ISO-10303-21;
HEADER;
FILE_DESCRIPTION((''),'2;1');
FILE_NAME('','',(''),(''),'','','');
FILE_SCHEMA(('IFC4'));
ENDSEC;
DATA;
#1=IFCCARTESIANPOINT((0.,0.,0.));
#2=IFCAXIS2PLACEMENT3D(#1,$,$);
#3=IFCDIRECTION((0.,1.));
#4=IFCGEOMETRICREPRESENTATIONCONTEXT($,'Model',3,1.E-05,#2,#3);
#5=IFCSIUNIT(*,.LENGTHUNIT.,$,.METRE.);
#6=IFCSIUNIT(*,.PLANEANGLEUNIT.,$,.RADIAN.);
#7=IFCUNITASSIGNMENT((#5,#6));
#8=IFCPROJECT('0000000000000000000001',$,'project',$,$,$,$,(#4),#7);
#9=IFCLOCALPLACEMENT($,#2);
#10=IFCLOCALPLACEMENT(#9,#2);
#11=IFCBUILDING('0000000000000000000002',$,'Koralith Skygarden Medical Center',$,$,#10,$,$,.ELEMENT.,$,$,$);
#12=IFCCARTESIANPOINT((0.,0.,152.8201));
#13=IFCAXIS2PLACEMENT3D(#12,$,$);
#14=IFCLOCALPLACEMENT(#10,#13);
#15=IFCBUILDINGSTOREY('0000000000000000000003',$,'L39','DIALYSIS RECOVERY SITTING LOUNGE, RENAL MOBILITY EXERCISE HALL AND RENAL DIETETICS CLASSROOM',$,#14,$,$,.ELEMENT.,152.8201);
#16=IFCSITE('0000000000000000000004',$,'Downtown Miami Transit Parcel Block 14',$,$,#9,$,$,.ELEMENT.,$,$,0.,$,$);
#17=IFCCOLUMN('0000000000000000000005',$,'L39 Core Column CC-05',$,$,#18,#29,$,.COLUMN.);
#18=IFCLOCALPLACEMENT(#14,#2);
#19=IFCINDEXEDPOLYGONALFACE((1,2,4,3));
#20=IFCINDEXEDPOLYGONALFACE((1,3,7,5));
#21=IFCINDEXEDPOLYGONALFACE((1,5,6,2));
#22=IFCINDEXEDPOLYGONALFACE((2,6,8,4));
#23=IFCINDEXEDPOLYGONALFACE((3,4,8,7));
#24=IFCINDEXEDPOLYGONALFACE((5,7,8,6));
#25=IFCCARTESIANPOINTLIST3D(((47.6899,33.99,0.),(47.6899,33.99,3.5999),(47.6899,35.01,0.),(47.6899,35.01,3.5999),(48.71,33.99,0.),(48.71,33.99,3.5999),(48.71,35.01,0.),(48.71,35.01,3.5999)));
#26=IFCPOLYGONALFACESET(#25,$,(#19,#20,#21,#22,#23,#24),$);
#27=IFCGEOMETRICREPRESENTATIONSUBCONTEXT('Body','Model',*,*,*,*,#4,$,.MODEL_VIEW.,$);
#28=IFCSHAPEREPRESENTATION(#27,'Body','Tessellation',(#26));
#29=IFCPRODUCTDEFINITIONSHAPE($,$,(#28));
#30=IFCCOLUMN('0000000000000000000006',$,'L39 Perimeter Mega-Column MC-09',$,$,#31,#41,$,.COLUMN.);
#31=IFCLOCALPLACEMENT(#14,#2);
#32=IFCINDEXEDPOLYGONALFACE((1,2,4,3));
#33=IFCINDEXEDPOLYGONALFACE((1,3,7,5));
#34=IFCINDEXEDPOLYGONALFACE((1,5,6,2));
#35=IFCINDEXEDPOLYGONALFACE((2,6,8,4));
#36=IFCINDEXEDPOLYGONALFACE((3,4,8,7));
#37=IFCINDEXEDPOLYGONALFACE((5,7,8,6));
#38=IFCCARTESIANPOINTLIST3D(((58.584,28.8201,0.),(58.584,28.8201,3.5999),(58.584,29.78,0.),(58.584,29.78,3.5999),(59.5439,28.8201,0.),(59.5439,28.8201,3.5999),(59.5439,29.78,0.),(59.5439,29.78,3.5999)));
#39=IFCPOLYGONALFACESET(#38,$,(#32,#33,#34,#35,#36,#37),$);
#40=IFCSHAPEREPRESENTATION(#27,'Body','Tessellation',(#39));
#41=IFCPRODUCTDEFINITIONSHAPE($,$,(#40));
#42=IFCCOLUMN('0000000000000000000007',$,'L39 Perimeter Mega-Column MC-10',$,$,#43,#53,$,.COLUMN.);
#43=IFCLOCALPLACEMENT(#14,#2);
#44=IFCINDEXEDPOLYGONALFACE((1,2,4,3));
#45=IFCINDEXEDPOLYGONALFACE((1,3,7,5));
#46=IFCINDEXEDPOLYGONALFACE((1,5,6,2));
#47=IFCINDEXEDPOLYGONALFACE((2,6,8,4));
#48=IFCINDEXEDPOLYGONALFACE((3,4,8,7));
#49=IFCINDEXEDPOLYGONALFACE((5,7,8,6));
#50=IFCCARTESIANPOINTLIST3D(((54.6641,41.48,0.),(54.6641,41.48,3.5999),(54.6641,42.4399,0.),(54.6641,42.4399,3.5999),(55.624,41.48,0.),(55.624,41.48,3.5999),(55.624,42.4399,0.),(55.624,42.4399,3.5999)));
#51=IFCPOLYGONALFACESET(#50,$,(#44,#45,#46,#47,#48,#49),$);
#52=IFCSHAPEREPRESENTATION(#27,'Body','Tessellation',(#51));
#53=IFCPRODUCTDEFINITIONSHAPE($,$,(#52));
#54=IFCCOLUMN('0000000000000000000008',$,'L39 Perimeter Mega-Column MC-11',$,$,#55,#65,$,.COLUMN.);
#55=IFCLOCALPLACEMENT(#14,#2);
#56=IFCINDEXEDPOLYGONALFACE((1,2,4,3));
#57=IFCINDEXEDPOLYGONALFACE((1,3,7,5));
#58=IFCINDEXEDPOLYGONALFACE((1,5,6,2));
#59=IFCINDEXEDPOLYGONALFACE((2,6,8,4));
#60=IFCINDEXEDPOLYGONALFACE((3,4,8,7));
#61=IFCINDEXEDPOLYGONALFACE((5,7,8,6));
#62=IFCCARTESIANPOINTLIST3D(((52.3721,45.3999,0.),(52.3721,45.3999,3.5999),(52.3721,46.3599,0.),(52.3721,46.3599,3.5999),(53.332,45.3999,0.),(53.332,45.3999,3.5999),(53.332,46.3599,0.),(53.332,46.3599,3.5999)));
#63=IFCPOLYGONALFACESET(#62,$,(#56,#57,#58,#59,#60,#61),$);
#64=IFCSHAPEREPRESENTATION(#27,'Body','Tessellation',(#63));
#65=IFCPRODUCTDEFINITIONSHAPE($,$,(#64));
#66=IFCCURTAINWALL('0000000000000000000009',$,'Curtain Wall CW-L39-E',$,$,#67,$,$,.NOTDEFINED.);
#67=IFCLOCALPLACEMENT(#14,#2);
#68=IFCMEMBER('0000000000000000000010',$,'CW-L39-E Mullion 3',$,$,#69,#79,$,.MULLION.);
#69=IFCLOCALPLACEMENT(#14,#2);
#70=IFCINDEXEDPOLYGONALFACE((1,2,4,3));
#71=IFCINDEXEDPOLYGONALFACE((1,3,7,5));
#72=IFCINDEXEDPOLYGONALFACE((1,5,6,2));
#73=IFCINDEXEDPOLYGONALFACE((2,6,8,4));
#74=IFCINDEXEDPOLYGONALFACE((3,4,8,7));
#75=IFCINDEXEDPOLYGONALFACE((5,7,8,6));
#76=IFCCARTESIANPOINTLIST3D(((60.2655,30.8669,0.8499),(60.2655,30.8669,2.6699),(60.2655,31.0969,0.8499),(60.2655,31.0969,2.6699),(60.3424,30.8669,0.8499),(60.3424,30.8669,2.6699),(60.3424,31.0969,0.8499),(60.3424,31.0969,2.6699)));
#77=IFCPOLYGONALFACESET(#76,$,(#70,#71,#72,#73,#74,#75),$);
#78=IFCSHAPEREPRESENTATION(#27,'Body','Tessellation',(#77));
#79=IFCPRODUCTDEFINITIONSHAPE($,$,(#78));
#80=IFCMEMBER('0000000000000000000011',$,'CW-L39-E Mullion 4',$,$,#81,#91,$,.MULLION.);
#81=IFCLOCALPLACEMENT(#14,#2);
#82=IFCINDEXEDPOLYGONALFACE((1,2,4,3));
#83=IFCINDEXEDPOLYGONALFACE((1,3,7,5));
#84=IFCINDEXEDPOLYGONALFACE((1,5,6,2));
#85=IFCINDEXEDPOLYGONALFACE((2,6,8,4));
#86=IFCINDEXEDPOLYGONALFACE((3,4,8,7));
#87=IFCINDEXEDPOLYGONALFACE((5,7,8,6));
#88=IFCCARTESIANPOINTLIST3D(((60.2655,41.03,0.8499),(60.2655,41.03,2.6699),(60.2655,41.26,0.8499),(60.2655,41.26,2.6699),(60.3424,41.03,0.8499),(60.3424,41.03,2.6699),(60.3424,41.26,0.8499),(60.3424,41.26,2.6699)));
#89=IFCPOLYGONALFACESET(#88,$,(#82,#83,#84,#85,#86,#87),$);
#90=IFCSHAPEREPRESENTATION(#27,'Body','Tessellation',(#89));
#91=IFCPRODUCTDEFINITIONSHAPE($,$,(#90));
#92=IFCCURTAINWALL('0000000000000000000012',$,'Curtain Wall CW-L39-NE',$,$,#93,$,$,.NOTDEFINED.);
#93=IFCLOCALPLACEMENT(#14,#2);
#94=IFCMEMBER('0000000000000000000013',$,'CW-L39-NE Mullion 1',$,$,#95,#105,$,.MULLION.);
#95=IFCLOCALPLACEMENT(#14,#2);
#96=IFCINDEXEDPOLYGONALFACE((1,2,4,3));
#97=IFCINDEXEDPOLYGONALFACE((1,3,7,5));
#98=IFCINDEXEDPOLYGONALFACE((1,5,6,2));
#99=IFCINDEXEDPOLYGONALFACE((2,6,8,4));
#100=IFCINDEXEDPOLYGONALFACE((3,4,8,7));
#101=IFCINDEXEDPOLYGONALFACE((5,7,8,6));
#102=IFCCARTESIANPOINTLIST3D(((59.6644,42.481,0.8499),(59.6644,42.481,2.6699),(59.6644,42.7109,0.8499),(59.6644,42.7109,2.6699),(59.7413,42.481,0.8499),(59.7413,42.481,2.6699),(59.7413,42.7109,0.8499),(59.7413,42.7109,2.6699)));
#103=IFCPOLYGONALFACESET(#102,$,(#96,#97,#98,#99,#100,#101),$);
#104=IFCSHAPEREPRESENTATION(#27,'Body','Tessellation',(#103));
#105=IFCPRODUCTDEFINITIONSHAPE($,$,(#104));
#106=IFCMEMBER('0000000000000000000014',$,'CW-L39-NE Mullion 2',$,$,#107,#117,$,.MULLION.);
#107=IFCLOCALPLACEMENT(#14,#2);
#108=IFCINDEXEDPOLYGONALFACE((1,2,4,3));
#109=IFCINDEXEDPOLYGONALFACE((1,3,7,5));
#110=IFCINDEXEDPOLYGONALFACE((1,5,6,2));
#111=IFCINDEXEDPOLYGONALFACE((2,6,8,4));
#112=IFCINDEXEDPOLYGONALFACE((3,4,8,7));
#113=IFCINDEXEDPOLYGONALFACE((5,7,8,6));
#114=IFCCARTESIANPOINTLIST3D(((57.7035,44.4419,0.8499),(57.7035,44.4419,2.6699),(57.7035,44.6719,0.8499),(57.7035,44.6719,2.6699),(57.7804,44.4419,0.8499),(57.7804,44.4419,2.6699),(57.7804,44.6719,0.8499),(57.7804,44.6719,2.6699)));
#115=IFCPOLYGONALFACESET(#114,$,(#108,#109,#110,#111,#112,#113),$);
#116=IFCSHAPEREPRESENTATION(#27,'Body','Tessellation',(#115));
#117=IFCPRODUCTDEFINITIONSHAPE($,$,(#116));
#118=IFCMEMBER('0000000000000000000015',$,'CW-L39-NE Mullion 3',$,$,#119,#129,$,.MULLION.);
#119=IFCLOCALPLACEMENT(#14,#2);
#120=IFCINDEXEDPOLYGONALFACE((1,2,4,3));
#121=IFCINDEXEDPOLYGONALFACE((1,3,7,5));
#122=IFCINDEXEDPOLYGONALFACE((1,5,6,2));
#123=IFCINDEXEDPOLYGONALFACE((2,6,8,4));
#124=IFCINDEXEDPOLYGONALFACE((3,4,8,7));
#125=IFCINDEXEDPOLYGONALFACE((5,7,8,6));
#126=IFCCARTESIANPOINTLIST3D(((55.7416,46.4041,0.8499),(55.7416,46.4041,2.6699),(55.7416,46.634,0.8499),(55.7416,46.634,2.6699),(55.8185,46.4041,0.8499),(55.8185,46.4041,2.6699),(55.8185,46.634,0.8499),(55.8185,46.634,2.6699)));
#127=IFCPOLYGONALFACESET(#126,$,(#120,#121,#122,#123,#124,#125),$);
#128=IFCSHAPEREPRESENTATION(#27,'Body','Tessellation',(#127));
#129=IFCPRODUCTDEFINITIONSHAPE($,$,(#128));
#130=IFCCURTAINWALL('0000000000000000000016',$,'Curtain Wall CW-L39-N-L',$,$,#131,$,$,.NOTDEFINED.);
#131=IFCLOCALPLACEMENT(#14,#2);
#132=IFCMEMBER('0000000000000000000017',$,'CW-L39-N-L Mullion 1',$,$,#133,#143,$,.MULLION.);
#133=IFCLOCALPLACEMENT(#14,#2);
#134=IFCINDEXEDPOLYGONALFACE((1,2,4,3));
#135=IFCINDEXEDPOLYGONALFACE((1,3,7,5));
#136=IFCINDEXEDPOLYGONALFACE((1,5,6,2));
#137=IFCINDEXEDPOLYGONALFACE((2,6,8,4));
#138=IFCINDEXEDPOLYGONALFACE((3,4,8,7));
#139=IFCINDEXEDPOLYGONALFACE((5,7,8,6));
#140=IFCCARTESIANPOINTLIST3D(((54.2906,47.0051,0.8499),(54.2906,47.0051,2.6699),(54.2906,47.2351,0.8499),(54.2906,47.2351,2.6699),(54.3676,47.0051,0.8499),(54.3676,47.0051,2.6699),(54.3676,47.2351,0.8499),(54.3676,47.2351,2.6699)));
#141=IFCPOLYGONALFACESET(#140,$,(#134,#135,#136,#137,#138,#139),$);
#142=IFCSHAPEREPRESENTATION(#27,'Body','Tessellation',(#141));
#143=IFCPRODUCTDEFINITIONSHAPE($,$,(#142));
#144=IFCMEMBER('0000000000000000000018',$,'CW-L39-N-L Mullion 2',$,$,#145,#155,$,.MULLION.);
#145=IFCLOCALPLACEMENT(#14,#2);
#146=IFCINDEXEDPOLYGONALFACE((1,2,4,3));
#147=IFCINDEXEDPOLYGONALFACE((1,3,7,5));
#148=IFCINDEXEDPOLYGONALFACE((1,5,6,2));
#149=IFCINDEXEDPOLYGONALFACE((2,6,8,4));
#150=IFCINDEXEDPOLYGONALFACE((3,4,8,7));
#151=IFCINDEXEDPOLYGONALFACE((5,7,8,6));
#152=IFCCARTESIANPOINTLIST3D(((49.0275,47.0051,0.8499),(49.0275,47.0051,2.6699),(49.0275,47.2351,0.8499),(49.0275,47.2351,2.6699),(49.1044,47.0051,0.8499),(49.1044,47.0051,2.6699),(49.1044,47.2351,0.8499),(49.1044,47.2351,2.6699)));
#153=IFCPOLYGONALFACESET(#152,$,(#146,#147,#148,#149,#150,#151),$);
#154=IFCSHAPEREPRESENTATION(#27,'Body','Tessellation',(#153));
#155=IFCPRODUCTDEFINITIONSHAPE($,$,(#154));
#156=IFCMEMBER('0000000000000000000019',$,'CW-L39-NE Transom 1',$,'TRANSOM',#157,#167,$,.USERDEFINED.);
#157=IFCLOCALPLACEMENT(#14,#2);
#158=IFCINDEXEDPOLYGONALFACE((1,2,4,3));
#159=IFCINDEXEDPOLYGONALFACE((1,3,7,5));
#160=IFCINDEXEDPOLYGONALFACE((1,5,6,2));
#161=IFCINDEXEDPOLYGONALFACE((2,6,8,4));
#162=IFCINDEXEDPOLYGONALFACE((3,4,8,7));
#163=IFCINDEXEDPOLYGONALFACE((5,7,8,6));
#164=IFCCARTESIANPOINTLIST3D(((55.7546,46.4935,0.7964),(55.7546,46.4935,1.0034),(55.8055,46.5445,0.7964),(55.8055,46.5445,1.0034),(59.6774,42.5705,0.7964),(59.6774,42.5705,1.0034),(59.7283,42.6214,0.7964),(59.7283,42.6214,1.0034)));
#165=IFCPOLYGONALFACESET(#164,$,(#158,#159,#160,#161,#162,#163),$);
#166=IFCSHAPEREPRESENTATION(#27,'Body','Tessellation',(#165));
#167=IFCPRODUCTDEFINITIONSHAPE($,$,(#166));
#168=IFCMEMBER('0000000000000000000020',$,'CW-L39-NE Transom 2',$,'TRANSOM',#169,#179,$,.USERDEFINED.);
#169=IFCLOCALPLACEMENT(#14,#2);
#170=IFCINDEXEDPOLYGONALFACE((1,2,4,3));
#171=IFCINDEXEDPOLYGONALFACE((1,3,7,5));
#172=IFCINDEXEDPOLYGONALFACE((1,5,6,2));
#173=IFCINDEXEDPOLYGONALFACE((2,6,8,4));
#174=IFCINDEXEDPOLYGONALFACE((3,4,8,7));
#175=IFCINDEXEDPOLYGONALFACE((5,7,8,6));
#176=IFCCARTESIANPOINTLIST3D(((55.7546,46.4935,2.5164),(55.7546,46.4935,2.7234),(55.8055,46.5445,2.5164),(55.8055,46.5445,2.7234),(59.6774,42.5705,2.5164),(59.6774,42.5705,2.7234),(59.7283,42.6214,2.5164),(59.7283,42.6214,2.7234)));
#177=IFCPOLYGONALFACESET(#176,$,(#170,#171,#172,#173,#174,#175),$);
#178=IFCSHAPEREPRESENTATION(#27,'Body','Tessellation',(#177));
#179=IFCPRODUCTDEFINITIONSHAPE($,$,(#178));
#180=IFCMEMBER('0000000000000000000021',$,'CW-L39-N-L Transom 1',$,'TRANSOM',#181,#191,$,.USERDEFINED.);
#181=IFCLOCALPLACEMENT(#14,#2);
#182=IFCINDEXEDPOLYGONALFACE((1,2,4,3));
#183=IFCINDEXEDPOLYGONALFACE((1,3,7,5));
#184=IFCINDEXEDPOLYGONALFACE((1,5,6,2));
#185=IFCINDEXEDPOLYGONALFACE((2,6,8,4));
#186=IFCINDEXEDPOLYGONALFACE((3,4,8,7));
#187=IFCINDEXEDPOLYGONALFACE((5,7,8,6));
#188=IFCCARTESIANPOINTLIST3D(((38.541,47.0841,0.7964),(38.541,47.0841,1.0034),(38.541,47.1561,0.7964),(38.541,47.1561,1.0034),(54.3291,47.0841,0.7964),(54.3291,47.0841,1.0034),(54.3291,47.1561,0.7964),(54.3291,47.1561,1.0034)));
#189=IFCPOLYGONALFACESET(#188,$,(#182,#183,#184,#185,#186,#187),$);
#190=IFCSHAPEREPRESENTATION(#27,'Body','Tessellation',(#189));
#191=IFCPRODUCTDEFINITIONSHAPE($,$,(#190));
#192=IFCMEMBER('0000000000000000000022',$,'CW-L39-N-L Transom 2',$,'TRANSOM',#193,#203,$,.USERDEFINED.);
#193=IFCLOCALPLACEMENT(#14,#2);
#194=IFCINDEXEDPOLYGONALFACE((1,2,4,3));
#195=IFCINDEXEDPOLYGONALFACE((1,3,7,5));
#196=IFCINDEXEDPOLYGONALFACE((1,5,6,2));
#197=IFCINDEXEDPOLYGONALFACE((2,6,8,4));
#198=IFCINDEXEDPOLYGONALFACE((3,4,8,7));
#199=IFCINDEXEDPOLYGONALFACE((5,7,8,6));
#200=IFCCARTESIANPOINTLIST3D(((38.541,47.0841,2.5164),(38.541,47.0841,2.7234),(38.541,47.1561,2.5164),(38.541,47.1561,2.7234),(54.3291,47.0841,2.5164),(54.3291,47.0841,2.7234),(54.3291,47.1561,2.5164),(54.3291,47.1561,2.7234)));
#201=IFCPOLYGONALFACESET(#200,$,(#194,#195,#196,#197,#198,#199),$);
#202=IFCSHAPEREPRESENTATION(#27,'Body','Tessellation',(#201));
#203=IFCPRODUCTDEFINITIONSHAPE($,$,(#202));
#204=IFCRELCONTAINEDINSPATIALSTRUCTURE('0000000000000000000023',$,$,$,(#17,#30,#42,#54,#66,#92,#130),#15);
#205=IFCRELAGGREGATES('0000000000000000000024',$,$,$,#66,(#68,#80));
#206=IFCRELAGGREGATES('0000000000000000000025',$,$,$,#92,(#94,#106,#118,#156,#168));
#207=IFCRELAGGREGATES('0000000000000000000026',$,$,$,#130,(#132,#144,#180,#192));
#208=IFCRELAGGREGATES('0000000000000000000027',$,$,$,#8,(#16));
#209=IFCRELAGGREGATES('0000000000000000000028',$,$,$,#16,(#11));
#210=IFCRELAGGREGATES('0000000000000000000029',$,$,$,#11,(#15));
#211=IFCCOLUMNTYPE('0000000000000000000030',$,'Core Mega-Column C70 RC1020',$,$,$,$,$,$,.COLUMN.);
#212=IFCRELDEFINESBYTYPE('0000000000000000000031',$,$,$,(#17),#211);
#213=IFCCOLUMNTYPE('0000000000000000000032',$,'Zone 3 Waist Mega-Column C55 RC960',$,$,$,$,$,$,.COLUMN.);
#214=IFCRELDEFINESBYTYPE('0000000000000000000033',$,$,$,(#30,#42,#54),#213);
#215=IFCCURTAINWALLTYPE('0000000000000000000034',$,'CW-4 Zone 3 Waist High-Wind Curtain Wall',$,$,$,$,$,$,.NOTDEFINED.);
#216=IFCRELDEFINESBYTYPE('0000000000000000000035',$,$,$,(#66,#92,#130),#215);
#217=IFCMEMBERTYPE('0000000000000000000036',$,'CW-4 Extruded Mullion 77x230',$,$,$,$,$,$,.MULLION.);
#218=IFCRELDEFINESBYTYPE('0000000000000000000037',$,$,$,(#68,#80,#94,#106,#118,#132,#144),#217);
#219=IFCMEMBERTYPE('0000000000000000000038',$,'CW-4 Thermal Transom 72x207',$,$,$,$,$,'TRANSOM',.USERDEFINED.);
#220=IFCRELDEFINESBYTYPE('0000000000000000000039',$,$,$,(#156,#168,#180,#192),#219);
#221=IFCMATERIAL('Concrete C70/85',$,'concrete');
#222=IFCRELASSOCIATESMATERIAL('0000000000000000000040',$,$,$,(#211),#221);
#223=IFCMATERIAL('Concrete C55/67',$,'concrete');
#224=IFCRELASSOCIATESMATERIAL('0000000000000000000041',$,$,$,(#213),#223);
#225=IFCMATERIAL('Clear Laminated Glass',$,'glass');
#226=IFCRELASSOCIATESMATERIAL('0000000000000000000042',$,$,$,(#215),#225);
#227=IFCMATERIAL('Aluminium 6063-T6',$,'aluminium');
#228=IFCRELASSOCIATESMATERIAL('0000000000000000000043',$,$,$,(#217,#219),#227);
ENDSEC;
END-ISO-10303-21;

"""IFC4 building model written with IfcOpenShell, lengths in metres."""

from ifc_helpers import new_model, si_unit, direction, frame, origin, origin_2d, place, context, subcontext, project, spatial, rectangle, extrude, material, material_profile, profile_set, type_object, element, aggregate, save


model = new_model("IFC4")

# Units and contexts
model_context = context("Model", 3, precision=1e-05, world=origin(), true_north=direction((0.0, 1.0)))
body_context = subcontext(model_context, "Body", "Model", "MODEL_VIEW")
ifc_project = project(units=[si_unit("LENGTHUNIT", "METRE"), si_unit("PLANEANGLEUNIT", "RADIAN")], contexts=[model_context])

# Site, building, storey
site_placement = place(None, origin())
site = spatial("IfcSite", under=ifc_project, at=site_placement, Name="Downtown Miami Transit Parcel Block 14", CompositionType="ELEMENT", RefElevation=0.0)
building_placement = place(site_placement, origin())
building = spatial("IfcBuilding", under=site, at=building_placement, Name="Koralith Skygarden Medical Center", CompositionType="ELEMENT")
storey_placement = place(building_placement, frame((0.0, 0.0, 152.8201)))
storey = spatial("IfcBuildingStorey", under=building, at=storey_placement, Name="L39", Description="DIALYSIS RECOVERY SITTING LOUNGE, RENAL MOBILITY EXERCISE HALL AND RENAL DIETETICS CLASSROOM", CompositionType="ELEMENT", Elevation=152.8201)

# Columns
ifc_material_1 = material(Name="Concrete C70/85", Category="concrete")
ifc_material_profile_1 = material_profile(ifc_material_1, rectangle(XDim=1.02, YDim=1.02, at=origin_2d()), Name="RC1020X1020")
ifc_profile_set_1 = profile_set([ifc_material_profile_1], Name="Concrete C70/85")
column_type_1 = type_object("IfcColumnType", Name="Core Mega-Column C70 RC1020", PredefinedType="COLUMN", material=ifc_profile_set_1)
column_placement = place(storey_placement, frame((48.2, 34.5, 0.0), z_axis=(0.0, 0.0, 1.0), x_axis=(1.0, 0.0, 0.0)))
element("IfcColumn", 1, at=column_placement, inside=storey, type_object=column_type_1, Name="L39 Core Column CC-05", PredefinedType="COLUMN", context=body_context, shape_type="SweptSolid", body=[
    extrude(rectangle(XDim=1.02, YDim=1.02, at=origin_2d()), origin(), (0.0, 0.0, 1.0), 3.5999),
])
ifc_material_2 = material(Name="Concrete C55/67", Category="concrete")
ifc_material_profile_2 = material_profile(ifc_material_2, rectangle(XDim=0.96, YDim=0.96, at=origin_2d()), Name="RC960X960")
ifc_profile_set_2 = profile_set([ifc_material_profile_2], Name="Concrete C55/67")
column_type_2 = type_object("IfcColumnType", Name="Zone 3 Waist Mega-Column C55 RC960", PredefinedType="COLUMN", material=ifc_profile_set_2)
for number, where, z_axis, x_axis, name in (
    (2, (59.064, 29.3, 0.0), (0.0, 0.0, 1.0), (1.0, 0.0, 0.0), "L39 Perimeter Mega-Column MC-09"),
    (3, (55.144, 41.96, 0.0), (0.0, 0.0, 1.0), (1.0, 0.0, 0.0), "L39 Perimeter Mega-Column MC-10"),
    (4, (52.8521, 45.8799, 0.0), (0.0, 0.0, 1.0), (1.0, 0.0, 0.0), "L39 Perimeter Mega-Column MC-11"),
):
    element("IfcColumn", number, at=place(storey_placement, frame(where, z_axis=z_axis, x_axis=x_axis)), inside=storey, type_object=column_type_2, Name=name, PredefinedType="COLUMN", context=body_context, shape_type="SweptSolid", body=[
        extrude(rectangle(XDim=0.96, YDim=0.96, at=origin_2d()), origin(), (0.0, 0.0, 1.0), 3.5999),
    ])

# Curtain walls, members
ifc_material_3 = material(Name="Clear Laminated Glass", Category="glass")
curtain_wall_type = type_object("IfcCurtainWallType", Name="CW-4 Zone 3 Waist High-Wind Curtain Wall", PredefinedType="NOTDEFINED", material=ifc_material_3)
curtain_wall_1_placement = place(storey_placement, origin())
curtain_wall_1 = element("IfcCurtainWall", 5, at=curtain_wall_1_placement, inside=storey, type_object=curtain_wall_type, Name="Curtain Wall CW-L39-E", PredefinedType="NOTDEFINED")
ifc_material_4 = material(Name="Aluminium 6063-T6", Category="aluminium")
ifc_material_profile_3 = material_profile(ifc_material_4, rectangle(XDim=0.0769, YDim=0.23, at=origin_2d()), Name="MUL77X230")
ifc_profile_set_3 = profile_set([ifc_material_profile_3], Name="Aluminium 6063-T6")
member_type_1 = type_object("IfcMemberType", Name="CW-4 Extruded Mullion 77x230", PredefinedType="MULLION", material=ifc_profile_set_3)
member_1_placement = place(storey_placement, frame((60.304, 30.9819, 0.8499), z_axis=(0.0, 0.0, 1.0), x_axis=(1.0, 0.0, 0.0)))
member_1 = element("IfcMember", 6, at=member_1_placement, type_object=member_type_1, Name="CW-L39-E Mullion 3", PredefinedType="MULLION", context=body_context, shape_type="SweptSolid", body=[
    extrude(rectangle(XDim=0.0769, YDim=0.23, at=origin_2d()), origin(), (0.0, 0.0, 1.0), 1.8201),
])
member_2_placement = place(storey_placement, frame((60.304, 41.145, 0.8499), z_axis=(0.0, 0.0, 1.0), x_axis=(1.0, 0.0, 0.0)))
member_2 = element("IfcMember", 7, at=member_2_placement, type_object=member_type_1, Name="CW-L39-E Mullion 4", PredefinedType="MULLION", context=body_context, shape_type="SweptSolid", body=[
    extrude(rectangle(XDim=0.0769, YDim=0.23, at=origin_2d()), origin(), (0.0, 0.0, 1.0), 1.8201),
])
curtain_wall_2_placement = place(storey_placement, origin())
curtain_wall_2 = element("IfcCurtainWall", 8, at=curtain_wall_2_placement, inside=storey, type_object=curtain_wall_type, Name="Curtain Wall CW-L39-NE", PredefinedType="NOTDEFINED")
member_3_placement = place(storey_placement, frame((59.7029, 42.5959, 0.8499), z_axis=(0.0, 0.0, 1.0), x_axis=(1.0, 0.0, 0.0)))
member_3 = element("IfcMember", 9, at=member_3_placement, type_object=member_type_1, Name="CW-L39-NE Mullion 1", PredefinedType="MULLION", context=body_context, shape_type="SweptSolid", body=[
    extrude(rectangle(XDim=0.0769, YDim=0.23, at=origin_2d()), origin(), (0.0, 0.0, 1.0), 1.8201),
])
member_4_placement = place(storey_placement, frame((57.7419, 44.5569, 0.8499), z_axis=(0.0, 0.0, 1.0), x_axis=(1.0, 0.0, 0.0)))
member_4 = element("IfcMember", 10, at=member_4_placement, type_object=member_type_1, Name="CW-L39-NE Mullion 2", PredefinedType="MULLION", context=body_context, shape_type="SweptSolid", body=[
    extrude(rectangle(XDim=0.0769, YDim=0.23, at=origin_2d()), origin(), (0.0, 0.0, 1.0), 1.8201),
])
member_5_placement = place(storey_placement, frame((55.78, 46.519, 0.8499), z_axis=(0.0, 0.0, 1.0), x_axis=(1.0, 0.0, 0.0)))
member_5 = element("IfcMember", 11, at=member_5_placement, type_object=member_type_1, Name="CW-L39-NE Mullion 3", PredefinedType="MULLION", context=body_context, shape_type="SweptSolid", body=[
    extrude(rectangle(XDim=0.0769, YDim=0.23, at=origin_2d()), origin(), (0.0, 0.0, 1.0), 1.8201),
])
curtain_wall_3_placement = place(storey_placement, origin())
curtain_wall_3 = element("IfcCurtainWall", 12, at=curtain_wall_3_placement, inside=storey, type_object=curtain_wall_type, Name="Curtain Wall CW-L39-N-L", PredefinedType="NOTDEFINED")
member_6_placement = place(storey_placement, frame((54.3291, 47.1201, 0.8499), z_axis=(0.0, 0.0, 1.0), x_axis=(1.0, 0.0, 0.0)))
member_6 = element("IfcMember", 13, at=member_6_placement, type_object=member_type_1, Name="CW-L39-N-L Mullion 1", PredefinedType="MULLION", context=body_context, shape_type="SweptSolid", body=[
    extrude(rectangle(XDim=0.0769, YDim=0.23, at=origin_2d()), origin(), (0.0, 0.0, 1.0), 1.8201),
])
member_7_placement = place(storey_placement, frame((49.0659, 47.1201, 0.8499), z_axis=(0.0, 0.0, 1.0), x_axis=(1.0, 0.0, 0.0)))
member_7 = element("IfcMember", 14, at=member_7_placement, type_object=member_type_1, Name="CW-L39-N-L Mullion 2", PredefinedType="MULLION", context=body_context, shape_type="SweptSolid", body=[
    extrude(rectangle(XDim=0.0769, YDim=0.23, at=origin_2d()), origin(), (0.0, 0.0, 1.0), 1.8201),
])

# Members
ifc_material_profile_4 = material_profile(ifc_material_4, rectangle(XDim=0.072, YDim=0.207, at=origin_2d()), Name="TRN72X207")
ifc_profile_set_4 = profile_set([ifc_material_profile_4], Name="Aluminium 6063-T6")
member_type_2 = type_object("IfcMemberType", Name="CW-4 Thermal Transom 72x207", ElementType="TRANSOM", PredefinedType="USERDEFINED", material=ifc_profile_set_4)
member_8_placement = place(storey_placement, frame((59.7029, 42.5959, 0.8999), z_axis=(-0.707085, 0.707129, 0.0), x_axis=(-0.707129, -0.707085, 0.0)))
member_8 = element("IfcMember", 15, at=member_8_placement, type_object=member_type_2, Name="CW-L39-NE Transom 1", ObjectType="TRANSOM", PredefinedType="USERDEFINED", context=body_context, shape_type="SweptSolid", body=[
    extrude(rectangle(XDim=0.072, YDim=0.207, at=origin_2d()), origin(), (0.0, 0.0, 1.0), 5.5479),
])
member_9_placement = place(storey_placement, frame((59.7029, 42.5959, 2.6199), z_axis=(-0.707085, 0.707129, 0.0), x_axis=(-0.707129, -0.707085, 0.0)))
member_9 = element("IfcMember", 16, at=member_9_placement, type_object=member_type_2, Name="CW-L39-NE Transom 2", ObjectType="TRANSOM", PredefinedType="USERDEFINED", context=body_context, shape_type="SweptSolid", body=[
    extrude(rectangle(XDim=0.072, YDim=0.207, at=origin_2d()), origin(), (0.0, 0.0, 1.0), 5.5479),
])
member_10_placement = place(storey_placement, frame((54.3291, 47.1201, 0.8999), z_axis=(-1.0, 0.0, 0.0), x_axis=(0.0, -1.0, 0.0)))
member_10 = element("IfcMember", 17, at=member_10_placement, type_object=member_type_2, Name="CW-L39-N-L Transom 1", ObjectType="TRANSOM", PredefinedType="USERDEFINED", context=body_context, shape_type="SweptSolid", body=[
    extrude(rectangle(XDim=0.072, YDim=0.207, at=origin_2d()), origin(), (0.0, 0.0, 1.0), 15.7881),
])
member_11_placement = place(storey_placement, frame((54.3291, 47.1201, 2.6199), z_axis=(-1.0, 0.0, 0.0), x_axis=(0.0, -1.0, 0.0)))
member_11 = element("IfcMember", 18, at=member_11_placement, type_object=member_type_2, Name="CW-L39-N-L Transom 2", ObjectType="TRANSOM", PredefinedType="USERDEFINED", context=body_context, shape_type="SweptSolid", body=[
    extrude(rectangle(XDim=0.072, YDim=0.207, at=origin_2d()), origin(), (0.0, 0.0, 1.0), 15.7881),
])

aggregate(curtain_wall_1, [member_1, member_2])
aggregate(curtain_wall_2, [member_3, member_4, member_5, member_8, member_9])
aggregate(curtain_wall_3, [member_6, member_7, member_10, member_11])

save(model, "model.ifc")
